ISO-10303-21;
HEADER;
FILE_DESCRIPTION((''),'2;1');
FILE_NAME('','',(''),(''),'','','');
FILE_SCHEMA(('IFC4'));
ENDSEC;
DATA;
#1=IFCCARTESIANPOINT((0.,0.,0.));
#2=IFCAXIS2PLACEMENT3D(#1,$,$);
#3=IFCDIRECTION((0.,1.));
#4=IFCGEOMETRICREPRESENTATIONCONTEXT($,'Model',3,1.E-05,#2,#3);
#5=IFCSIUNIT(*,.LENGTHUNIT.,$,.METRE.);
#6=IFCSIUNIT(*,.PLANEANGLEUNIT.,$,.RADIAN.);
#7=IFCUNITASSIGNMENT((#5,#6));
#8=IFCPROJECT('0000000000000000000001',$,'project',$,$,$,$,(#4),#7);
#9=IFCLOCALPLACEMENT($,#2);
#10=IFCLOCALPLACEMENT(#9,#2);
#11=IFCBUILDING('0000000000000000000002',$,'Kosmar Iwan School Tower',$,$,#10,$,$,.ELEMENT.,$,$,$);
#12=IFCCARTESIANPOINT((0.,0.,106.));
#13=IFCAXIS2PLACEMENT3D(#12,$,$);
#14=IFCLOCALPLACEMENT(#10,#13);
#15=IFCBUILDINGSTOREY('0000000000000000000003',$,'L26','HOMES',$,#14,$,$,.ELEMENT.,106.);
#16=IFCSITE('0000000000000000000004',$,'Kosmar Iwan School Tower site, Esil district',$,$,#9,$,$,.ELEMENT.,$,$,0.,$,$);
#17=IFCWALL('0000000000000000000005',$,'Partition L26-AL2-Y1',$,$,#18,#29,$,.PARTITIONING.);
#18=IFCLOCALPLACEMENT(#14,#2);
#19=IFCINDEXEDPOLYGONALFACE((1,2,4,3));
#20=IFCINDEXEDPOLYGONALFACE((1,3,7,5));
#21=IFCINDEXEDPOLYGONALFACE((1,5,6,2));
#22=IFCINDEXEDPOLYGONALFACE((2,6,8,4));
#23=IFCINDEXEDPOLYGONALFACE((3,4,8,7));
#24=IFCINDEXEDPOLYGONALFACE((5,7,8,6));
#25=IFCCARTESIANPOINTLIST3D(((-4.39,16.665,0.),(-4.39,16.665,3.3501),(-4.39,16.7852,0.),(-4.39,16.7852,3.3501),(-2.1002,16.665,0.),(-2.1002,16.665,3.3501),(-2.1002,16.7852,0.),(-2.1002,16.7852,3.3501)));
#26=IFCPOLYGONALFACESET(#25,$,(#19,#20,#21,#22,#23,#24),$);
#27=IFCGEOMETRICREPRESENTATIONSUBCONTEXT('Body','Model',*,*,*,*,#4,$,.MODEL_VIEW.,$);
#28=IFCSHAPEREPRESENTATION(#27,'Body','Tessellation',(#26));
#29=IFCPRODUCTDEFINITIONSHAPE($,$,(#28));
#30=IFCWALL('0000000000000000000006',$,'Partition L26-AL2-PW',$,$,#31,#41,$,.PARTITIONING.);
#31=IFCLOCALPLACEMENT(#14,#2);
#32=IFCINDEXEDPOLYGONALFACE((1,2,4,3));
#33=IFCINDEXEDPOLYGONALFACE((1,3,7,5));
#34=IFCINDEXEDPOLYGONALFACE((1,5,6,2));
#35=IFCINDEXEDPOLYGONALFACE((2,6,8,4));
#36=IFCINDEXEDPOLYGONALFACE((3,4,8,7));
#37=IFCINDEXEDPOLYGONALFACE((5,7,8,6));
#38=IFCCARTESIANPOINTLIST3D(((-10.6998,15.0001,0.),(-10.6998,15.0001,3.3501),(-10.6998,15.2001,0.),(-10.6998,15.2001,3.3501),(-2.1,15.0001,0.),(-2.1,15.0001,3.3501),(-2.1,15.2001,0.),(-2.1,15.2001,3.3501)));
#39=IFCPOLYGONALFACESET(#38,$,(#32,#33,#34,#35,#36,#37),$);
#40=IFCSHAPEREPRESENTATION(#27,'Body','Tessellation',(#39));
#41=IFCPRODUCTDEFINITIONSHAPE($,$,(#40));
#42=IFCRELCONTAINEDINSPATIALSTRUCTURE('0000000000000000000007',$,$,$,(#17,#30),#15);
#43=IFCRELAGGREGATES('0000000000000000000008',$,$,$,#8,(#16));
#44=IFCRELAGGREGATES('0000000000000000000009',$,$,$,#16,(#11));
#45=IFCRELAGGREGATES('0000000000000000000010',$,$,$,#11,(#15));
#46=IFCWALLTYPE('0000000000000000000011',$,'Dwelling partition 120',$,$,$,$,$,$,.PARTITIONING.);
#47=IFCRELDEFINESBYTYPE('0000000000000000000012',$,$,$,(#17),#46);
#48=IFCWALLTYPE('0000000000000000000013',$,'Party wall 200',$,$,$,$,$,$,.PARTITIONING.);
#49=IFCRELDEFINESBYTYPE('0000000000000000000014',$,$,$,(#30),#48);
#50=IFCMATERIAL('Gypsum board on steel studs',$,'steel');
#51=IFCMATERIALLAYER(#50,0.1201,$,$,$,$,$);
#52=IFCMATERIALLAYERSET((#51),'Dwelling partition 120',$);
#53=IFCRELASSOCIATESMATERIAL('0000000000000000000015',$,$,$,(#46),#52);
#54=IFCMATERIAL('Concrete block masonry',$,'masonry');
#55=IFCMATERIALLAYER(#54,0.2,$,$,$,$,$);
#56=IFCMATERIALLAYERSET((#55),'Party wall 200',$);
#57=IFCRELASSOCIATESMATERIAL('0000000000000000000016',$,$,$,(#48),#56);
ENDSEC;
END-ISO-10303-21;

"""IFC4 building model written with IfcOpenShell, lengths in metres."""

from ifc_helpers import new_model, si_unit, direction, frame, frame_2d, origin, place, context, subcontext, project, spatial, rectangle, extrude, material, layer, layer_set, type_object, element, save


model = new_model("IFC4")

# Units and contexts
model_context = context("Model", 3, precision=1e-05, world=origin(), true_north=direction((0.0, 1.0)))
body_context = subcontext(model_context, "Body", "Model", "MODEL_VIEW")
ifc_project = project(units=[si_unit("LENGTHUNIT", "METRE"), si_unit("PLANEANGLEUNIT", "RADIAN")], contexts=[model_context])

# Site, building, storey
site_placement = place(None, origin())
site = spatial("IfcSite", under=ifc_project, at=site_placement, Name="Kosmar Iwan School Tower site, Esil district", CompositionType="ELEMENT", RefElevation=0.0)
building_placement = place(site_placement, origin())
building = spatial("IfcBuilding", under=site, at=building_placement, Name="Kosmar Iwan School Tower", CompositionType="ELEMENT")
storey_placement = place(building_placement, frame((0.0, 0.0, 106.0)))
storey = spatial("IfcBuildingStorey", under=building, at=storey_placement, Name="L26", Description="HOMES", CompositionType="ELEMENT", Elevation=106.0)

# Shared definitions
ifc_material_1 = material(Name="Gypsum board on steel studs", Category="steel")
ifc_layer_1 = layer(ifc_material_1, 0.1201)
ifc_layer_set_1 = layer_set([ifc_layer_1], Name="Dwelling partition 120")
wall_type_1 = type_object("IfcWallType", Name="Dwelling partition 120", PredefinedType="PARTITIONING", material=ifc_layer_set_1)

# Walls
wall_1_placement = place(storey_placement, frame((-2.1001, 16.7251, 0.0), z_axis=(0.0, 0.0, 1.0), x_axis=(-1.0, 0.0, 0.0)))
element("IfcWall", 1, at=wall_1_placement, inside=storey, type_object=wall_type_1, Name="Partition L26-AL2-Y1", PredefinedType="PARTITIONING", context=body_context, shape_type="SweptSolid", body=[
    extrude(rectangle(XDim=2.2898, YDim=0.1201, at=frame_2d((1.145, 0.0))), origin(), (0.0, 0.0, 1.0), 3.3501),
])
ifc_material_2 = material(Name="Concrete block masonry", Category="masonry")
ifc_layer_2 = layer(ifc_material_2, 0.2)
ifc_layer_set_2 = layer_set([ifc_layer_2], Name="Party wall 200")
wall_type_2 = type_object("IfcWallType", Name="Party wall 200", PredefinedType="PARTITIONING", material=ifc_layer_set_2)
wall_2_placement = place(storey_placement, frame((-2.1001, 15.1001, 0.0), z_axis=(0.0, 0.0, 1.0), x_axis=(-1.0, 0.0, 0.0)))
element("IfcWall", 2, at=wall_2_placement, inside=storey, type_object=wall_type_2, Name="Partition L26-AL2-PW", PredefinedType="PARTITIONING", context=body_context, shape_type="SweptSolid", body=[
    extrude(rectangle(XDim=8.5999, YDim=0.2, at=frame_2d((4.2998, 0.0))), origin(), (0.0, 0.0, 1.0), 3.3501),
])

save(model, "model.ifc")
